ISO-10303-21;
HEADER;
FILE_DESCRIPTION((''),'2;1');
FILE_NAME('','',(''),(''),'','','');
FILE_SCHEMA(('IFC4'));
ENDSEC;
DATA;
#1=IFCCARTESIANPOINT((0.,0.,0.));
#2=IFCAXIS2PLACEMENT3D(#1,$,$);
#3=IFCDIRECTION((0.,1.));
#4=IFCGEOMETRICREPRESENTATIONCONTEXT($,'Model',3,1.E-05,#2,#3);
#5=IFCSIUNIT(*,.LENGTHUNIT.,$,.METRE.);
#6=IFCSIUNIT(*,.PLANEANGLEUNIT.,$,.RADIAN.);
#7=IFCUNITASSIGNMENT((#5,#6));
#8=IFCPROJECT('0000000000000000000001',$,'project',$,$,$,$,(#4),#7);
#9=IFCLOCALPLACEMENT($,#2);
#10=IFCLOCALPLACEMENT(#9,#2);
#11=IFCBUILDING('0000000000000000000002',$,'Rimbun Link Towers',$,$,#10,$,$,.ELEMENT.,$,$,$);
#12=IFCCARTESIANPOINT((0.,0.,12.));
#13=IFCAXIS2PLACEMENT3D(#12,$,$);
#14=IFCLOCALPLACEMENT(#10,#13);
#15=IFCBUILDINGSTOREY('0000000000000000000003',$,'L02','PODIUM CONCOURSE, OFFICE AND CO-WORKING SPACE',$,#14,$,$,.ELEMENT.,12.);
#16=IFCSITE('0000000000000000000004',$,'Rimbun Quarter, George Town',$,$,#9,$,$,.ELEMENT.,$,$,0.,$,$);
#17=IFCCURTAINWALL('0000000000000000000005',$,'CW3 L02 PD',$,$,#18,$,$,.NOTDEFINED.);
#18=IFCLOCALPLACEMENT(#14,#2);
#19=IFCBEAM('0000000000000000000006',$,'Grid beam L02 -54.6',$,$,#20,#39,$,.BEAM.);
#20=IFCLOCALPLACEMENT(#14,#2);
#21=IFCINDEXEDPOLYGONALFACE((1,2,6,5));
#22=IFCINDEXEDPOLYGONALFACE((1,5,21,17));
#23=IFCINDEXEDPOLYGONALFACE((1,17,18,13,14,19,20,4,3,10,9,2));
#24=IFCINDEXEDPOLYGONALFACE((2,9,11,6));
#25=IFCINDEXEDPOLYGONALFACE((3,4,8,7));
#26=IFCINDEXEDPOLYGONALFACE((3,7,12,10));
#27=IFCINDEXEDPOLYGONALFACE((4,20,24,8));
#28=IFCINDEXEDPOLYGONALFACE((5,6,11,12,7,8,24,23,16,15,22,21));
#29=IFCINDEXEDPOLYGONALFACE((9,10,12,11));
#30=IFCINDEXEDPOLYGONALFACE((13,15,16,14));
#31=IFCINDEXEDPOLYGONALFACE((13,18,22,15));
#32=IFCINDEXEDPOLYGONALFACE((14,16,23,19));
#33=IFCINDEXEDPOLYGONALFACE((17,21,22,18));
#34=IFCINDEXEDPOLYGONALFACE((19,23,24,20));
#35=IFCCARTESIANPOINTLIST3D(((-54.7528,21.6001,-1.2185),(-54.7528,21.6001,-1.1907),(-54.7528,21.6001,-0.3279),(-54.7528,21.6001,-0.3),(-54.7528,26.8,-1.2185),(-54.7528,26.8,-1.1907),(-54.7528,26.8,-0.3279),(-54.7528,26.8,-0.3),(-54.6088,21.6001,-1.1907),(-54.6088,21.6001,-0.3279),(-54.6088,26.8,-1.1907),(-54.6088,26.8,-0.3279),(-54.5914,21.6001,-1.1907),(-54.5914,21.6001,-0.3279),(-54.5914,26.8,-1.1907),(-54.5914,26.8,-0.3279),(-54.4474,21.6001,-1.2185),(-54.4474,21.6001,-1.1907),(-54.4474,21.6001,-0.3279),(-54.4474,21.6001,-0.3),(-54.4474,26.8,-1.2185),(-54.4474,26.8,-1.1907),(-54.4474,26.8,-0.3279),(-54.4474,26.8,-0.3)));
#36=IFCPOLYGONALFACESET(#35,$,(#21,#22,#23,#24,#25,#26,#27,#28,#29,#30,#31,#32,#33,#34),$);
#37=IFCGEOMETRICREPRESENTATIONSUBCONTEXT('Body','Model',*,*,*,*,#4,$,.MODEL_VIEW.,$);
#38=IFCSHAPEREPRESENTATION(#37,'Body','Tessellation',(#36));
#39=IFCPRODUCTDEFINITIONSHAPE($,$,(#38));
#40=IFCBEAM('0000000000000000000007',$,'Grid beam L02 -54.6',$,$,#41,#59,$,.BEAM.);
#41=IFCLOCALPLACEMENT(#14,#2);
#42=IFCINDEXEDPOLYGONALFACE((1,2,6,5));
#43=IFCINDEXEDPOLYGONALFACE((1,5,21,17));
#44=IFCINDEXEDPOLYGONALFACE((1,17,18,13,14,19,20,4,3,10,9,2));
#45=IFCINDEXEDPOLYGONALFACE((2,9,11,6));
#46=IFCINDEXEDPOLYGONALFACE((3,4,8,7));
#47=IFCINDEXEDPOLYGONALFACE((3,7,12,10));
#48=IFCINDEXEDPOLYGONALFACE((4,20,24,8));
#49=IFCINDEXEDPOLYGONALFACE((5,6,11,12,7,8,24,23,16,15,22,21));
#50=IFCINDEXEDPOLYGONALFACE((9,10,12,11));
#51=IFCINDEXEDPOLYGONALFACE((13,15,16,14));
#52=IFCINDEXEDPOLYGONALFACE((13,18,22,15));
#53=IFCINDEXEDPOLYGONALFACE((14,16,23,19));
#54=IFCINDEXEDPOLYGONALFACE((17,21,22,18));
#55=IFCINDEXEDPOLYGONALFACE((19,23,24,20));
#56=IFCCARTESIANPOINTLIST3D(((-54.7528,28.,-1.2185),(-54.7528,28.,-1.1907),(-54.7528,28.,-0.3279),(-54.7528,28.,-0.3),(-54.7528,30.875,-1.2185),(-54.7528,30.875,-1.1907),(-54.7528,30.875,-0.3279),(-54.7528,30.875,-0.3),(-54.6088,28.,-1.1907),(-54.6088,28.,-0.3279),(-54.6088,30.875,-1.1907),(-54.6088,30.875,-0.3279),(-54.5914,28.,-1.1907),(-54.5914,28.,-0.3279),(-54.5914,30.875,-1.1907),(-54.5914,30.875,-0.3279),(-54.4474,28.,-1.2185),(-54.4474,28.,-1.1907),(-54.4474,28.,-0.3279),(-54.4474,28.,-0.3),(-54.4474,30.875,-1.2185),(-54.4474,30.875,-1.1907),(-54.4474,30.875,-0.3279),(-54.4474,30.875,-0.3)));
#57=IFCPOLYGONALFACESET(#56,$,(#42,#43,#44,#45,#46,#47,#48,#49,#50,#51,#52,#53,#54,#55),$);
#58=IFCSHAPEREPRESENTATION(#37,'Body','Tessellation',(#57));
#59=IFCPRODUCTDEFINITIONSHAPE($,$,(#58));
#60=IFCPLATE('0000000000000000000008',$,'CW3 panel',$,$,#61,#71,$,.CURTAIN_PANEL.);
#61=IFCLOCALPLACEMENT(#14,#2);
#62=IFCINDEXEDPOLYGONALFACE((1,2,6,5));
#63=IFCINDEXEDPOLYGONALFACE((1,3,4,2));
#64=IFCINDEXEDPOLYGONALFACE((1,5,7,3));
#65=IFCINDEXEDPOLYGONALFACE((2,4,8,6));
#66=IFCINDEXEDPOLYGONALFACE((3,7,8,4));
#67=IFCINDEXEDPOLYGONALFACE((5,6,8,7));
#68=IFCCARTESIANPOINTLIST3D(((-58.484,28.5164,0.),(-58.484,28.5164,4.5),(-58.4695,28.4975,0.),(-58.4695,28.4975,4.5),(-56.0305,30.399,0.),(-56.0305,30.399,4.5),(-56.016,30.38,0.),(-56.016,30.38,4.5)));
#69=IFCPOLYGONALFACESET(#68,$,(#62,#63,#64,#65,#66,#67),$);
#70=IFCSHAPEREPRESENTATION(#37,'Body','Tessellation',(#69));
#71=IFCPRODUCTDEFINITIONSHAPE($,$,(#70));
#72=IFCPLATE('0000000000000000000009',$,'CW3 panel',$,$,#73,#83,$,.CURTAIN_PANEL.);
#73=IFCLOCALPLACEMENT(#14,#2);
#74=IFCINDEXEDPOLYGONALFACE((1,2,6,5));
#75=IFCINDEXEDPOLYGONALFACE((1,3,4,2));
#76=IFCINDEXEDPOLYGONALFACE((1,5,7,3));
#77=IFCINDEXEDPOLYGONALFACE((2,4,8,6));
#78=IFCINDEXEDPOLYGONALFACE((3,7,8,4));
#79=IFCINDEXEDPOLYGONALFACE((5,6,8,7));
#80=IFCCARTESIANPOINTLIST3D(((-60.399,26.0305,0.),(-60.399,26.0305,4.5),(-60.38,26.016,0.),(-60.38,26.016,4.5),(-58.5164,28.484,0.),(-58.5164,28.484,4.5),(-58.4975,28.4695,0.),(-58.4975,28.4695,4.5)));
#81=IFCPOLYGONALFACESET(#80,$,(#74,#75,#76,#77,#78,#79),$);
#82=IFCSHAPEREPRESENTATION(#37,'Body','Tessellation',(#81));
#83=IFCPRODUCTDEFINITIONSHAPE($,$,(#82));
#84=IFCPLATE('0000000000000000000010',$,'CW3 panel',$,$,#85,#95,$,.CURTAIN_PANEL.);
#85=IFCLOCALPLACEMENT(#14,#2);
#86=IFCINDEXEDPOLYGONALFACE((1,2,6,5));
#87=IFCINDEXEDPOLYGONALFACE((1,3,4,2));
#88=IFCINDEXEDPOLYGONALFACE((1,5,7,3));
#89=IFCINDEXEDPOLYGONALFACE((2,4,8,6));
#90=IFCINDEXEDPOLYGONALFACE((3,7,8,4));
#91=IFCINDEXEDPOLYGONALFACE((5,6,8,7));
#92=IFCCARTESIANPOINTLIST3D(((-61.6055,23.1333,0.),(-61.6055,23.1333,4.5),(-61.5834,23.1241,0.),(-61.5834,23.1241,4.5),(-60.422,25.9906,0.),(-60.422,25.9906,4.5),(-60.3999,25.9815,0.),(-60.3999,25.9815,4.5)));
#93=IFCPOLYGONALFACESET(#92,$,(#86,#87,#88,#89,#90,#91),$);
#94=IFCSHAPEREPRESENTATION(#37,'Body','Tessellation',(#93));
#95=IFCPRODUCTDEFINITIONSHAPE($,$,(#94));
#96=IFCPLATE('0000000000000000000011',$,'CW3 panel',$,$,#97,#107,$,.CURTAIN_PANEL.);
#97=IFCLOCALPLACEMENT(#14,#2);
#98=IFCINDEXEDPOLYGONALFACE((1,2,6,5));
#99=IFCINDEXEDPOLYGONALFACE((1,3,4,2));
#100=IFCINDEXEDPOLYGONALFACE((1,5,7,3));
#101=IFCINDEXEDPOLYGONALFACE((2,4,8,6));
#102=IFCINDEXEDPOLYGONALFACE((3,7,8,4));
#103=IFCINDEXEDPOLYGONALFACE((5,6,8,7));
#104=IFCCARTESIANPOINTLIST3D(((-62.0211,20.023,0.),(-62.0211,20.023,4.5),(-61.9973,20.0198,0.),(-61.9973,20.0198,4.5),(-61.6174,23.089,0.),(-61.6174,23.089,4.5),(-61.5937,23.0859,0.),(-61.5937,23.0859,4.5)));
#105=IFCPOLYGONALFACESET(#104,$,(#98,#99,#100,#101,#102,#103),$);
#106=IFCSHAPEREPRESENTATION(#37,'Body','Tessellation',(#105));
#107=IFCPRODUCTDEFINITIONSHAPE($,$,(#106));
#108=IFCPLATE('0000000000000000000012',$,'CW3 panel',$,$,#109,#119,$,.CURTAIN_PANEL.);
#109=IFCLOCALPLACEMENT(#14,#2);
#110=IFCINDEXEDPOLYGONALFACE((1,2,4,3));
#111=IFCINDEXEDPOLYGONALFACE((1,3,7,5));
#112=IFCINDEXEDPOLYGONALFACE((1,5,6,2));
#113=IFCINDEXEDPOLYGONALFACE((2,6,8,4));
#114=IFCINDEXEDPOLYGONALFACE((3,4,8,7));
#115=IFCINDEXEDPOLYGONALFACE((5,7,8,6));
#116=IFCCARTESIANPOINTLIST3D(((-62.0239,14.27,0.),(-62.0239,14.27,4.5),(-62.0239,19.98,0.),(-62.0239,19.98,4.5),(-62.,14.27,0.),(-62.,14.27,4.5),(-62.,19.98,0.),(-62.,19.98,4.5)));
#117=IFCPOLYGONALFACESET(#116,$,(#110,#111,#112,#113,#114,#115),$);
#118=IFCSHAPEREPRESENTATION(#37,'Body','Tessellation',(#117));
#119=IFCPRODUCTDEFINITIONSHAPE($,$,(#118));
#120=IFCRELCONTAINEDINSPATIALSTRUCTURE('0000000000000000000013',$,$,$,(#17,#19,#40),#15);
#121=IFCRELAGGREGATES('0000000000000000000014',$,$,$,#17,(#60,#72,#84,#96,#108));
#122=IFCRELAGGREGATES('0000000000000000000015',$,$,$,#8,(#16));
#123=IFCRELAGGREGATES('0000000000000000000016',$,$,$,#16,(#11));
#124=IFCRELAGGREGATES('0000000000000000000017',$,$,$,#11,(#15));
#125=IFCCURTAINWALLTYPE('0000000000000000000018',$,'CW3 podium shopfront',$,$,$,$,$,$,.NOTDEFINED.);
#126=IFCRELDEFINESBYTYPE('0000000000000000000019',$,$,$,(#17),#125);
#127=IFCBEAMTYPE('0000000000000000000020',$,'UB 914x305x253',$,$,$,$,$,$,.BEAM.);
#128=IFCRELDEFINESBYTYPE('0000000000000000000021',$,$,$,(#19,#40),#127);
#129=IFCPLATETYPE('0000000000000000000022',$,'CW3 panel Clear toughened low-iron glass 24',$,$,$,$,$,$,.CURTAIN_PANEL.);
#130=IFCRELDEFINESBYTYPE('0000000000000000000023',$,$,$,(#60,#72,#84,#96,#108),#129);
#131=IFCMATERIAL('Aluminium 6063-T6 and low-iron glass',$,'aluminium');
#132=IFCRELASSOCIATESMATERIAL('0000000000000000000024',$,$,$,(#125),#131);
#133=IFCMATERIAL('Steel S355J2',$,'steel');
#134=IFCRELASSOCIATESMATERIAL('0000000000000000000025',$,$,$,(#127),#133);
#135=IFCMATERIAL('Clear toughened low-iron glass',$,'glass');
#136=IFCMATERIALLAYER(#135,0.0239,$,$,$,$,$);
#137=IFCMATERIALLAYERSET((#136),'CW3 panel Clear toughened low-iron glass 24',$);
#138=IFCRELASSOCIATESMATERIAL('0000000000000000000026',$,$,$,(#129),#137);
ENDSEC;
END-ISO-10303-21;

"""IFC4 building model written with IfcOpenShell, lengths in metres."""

from ifc_helpers import new_model, si_unit, direction, frame, origin, origin_2d, place, context, subcontext, project, spatial, rectangle, i_section, extrude, material, layer, layer_set, material_profile, profile_set, type_object, element, aggregate, save


model = new_model("IFC4")

# Units and contexts
model_context = context("Model", 3, precision=1e-05, world=origin(), true_north=direction((0.0, 1.0)))
body_context = subcontext(model_context, "Body", "Model", "MODEL_VIEW")
ifc_project = project(units=[si_unit("LENGTHUNIT", "METRE"), si_unit("PLANEANGLEUNIT", "RADIAN")], contexts=[model_context])

# Site, building, storey
site_placement = place(None, origin())
site = spatial("IfcSite", under=ifc_project, at=site_placement, Name="Rimbun Quarter, George Town", CompositionType="ELEMENT", RefElevation=0.0)
building_placement = place(site_placement, origin())
building = spatial("IfcBuilding", under=site, at=building_placement, Name="Rimbun Link Towers", CompositionType="ELEMENT")
storey_placement = place(building_placement, frame((0.0, 0.0, 12.0)))
storey = spatial("IfcBuildingStorey", under=building, at=storey_placement, Name="L02", Description="PODIUM CONCOURSE, OFFICE AND CO-WORKING SPACE", CompositionType="ELEMENT", Elevation=12.0)

# Curtain wall
ifc_material_1 = material(Name="Aluminium 6063-T6 and low-iron glass", Category="aluminium")
curtain_wall_type = type_object("IfcCurtainWallType", Name="CW3 podium shopfront", PredefinedType="NOTDEFINED", material=ifc_material_1)
curtain_wall_placement = place(storey_placement, origin())
curtain_wall = element("IfcCurtainWall", 1, at=curtain_wall_placement, inside=storey, type_object=curtain_wall_type, Name="CW3 L02 PD", PredefinedType="NOTDEFINED")

# Beams
ifc_material_2 = material(Name="Steel S355J2", Category="steel")
ifc_material_profile_1 = material_profile(ifc_material_2, i_section(OverallWidth=0.3054, OverallDepth=0.9185, WebThickness=0.0173, FlangeThickness=0.0278, at=origin_2d()), Name="UB 914x305x253")
ifc_profile_set_1 = profile_set([ifc_material_profile_1], Name="Steel S355J2")
beam_type_1 = type_object("IfcBeamType", Name="UB 914x305x253", PredefinedType="BEAM", material=ifc_profile_set_1)
beam_1_placement = place(storey_placement, frame((-54.6001, 21.6001, -0.7593), z_axis=(0.0, 1.0, 0.0), x_axis=(-1.0, 0.0, 0.0)))
element("IfcBeam", 2, at=beam_1_placement, inside=storey, type_object=beam_type_1, Name="Grid beam L02 -54.6", PredefinedType="BEAM", context=body_context, shape_type="SweptSolid", body=[
    extrude(i_section(OverallWidth=0.3054, OverallDepth=0.9185, WebThickness=0.0173, FlangeThickness=0.0278, at=origin_2d()), origin(), (0.0, 0.0, 1.0), 5.2),
])
beam_2_placement = place(storey_placement, frame((-54.6001, 28.0, -0.7593), z_axis=(0.0, 1.0, 0.0), x_axis=(-1.0, 0.0, 0.0)))
element("IfcBeam", 3, at=beam_2_placement, inside=storey, type_object=beam_type_1, Name="Grid beam L02 -54.6", PredefinedType="BEAM", context=body_context, shape_type="SweptSolid", body=[
    extrude(i_section(OverallWidth=0.3054, OverallDepth=0.9185, WebThickness=0.0173, FlangeThickness=0.0278, at=origin_2d()), origin(), (0.0, 0.0, 1.0), 2.875),
])

# Plates
ifc_material_3 = material(Name="Clear toughened low-iron glass", Category="glass")
ifc_layer = layer(ifc_material_3, 0.0239)
ifc_layer_set = layer_set([ifc_layer], Name="CW3 panel Clear toughened low-iron glass 24")
plate_type = type_object("IfcPlateType", Name="CW3 panel Clear toughened low-iron glass 24", PredefinedType="CURTAIN_PANEL", material=ifc_layer_set)
plate_1_placement = place(storey_placement, frame((-57.25, 29.4482, 0.0), z_axis=(0.0, 0.0, 1.0), x_axis=(0.793359, 0.608754, 0.0)))
plate_1 = element("IfcPlate", 4, at=plate_1_placement, type_object=plate_type, Name="CW3 panel", PredefinedType="CURTAIN_PANEL", context=body_context, shape_type="SweptSolid", body=[
    extrude(rectangle(XDim=3.0925, YDim=0.0239, at=origin_2d()), origin(), (0.0, 0.0, 1.0), 4.5),
])
plate_2_placement = place(storey_placement, frame((-59.4482, 27.25, 0.0), z_axis=(0.0, 0.0, 1.0), x_axis=(0.608754, 0.793359, 0.0)))
plate_2 = element("IfcPlate", 5, at=plate_2_placement, type_object=plate_type, Name="CW3 panel", PredefinedType="CURTAIN_PANEL", context=body_context, shape_type="SweptSolid", body=[
    extrude(rectangle(XDim=3.0925, YDim=0.0239, at=origin_2d()), origin(), (0.0, 0.0, 1.0), 4.5),
])
plate_3_placement = place(storey_placement, frame((-61.0027, 24.5574, 0.0), z_axis=(0.0, 0.0, 1.0), x_axis=(0.382679, 0.923881, 0.0)))
plate_3 = element("IfcPlate", 6, at=plate_3_placement, type_object=plate_type, Name="CW3 panel", PredefinedType="CURTAIN_PANEL", context=body_context, shape_type="SweptSolid", body=[
    extrude(rectangle(XDim=3.0928, YDim=0.0239, at=origin_2d()), origin(), (0.0, 0.0, 1.0), 4.5),
])
plate_4_placement = place(storey_placement, frame((-61.8074, 21.5544, 0.0), z_axis=(0.0, 0.0, 1.0), x_axis=(0.13053, 0.991444, 0.0)))
plate_4 = element("IfcPlate", 7, at=plate_4_placement, type_object=plate_type, Name="CW3 panel", PredefinedType="CURTAIN_PANEL", context=body_context, shape_type="SweptSolid", body=[
    extrude(rectangle(XDim=3.0925, YDim=0.0239, at=origin_2d()), origin(), (0.0, 0.0, 1.0), 4.5),
])
plate_5_placement = place(storey_placement, frame((-62.012, 17.125, 0.0), z_axis=(0.0, 0.0, 1.0), x_axis=(0.0, 1.0, 0.0)))
plate_5 = element("IfcPlate", 8, at=plate_5_placement, type_object=plate_type, Name="CW3 panel", PredefinedType="CURTAIN_PANEL", context=body_context, shape_type="SweptSolid", body=[
    extrude(rectangle(XDim=5.71, YDim=0.0239, at=origin_2d()), origin(), (0.0, 0.0, 1.0), 4.5),
])
aggregate(curtain_wall, [plate_1, plate_2, plate_3, plate_4, plate_5])

save(model, "model.ifc")
